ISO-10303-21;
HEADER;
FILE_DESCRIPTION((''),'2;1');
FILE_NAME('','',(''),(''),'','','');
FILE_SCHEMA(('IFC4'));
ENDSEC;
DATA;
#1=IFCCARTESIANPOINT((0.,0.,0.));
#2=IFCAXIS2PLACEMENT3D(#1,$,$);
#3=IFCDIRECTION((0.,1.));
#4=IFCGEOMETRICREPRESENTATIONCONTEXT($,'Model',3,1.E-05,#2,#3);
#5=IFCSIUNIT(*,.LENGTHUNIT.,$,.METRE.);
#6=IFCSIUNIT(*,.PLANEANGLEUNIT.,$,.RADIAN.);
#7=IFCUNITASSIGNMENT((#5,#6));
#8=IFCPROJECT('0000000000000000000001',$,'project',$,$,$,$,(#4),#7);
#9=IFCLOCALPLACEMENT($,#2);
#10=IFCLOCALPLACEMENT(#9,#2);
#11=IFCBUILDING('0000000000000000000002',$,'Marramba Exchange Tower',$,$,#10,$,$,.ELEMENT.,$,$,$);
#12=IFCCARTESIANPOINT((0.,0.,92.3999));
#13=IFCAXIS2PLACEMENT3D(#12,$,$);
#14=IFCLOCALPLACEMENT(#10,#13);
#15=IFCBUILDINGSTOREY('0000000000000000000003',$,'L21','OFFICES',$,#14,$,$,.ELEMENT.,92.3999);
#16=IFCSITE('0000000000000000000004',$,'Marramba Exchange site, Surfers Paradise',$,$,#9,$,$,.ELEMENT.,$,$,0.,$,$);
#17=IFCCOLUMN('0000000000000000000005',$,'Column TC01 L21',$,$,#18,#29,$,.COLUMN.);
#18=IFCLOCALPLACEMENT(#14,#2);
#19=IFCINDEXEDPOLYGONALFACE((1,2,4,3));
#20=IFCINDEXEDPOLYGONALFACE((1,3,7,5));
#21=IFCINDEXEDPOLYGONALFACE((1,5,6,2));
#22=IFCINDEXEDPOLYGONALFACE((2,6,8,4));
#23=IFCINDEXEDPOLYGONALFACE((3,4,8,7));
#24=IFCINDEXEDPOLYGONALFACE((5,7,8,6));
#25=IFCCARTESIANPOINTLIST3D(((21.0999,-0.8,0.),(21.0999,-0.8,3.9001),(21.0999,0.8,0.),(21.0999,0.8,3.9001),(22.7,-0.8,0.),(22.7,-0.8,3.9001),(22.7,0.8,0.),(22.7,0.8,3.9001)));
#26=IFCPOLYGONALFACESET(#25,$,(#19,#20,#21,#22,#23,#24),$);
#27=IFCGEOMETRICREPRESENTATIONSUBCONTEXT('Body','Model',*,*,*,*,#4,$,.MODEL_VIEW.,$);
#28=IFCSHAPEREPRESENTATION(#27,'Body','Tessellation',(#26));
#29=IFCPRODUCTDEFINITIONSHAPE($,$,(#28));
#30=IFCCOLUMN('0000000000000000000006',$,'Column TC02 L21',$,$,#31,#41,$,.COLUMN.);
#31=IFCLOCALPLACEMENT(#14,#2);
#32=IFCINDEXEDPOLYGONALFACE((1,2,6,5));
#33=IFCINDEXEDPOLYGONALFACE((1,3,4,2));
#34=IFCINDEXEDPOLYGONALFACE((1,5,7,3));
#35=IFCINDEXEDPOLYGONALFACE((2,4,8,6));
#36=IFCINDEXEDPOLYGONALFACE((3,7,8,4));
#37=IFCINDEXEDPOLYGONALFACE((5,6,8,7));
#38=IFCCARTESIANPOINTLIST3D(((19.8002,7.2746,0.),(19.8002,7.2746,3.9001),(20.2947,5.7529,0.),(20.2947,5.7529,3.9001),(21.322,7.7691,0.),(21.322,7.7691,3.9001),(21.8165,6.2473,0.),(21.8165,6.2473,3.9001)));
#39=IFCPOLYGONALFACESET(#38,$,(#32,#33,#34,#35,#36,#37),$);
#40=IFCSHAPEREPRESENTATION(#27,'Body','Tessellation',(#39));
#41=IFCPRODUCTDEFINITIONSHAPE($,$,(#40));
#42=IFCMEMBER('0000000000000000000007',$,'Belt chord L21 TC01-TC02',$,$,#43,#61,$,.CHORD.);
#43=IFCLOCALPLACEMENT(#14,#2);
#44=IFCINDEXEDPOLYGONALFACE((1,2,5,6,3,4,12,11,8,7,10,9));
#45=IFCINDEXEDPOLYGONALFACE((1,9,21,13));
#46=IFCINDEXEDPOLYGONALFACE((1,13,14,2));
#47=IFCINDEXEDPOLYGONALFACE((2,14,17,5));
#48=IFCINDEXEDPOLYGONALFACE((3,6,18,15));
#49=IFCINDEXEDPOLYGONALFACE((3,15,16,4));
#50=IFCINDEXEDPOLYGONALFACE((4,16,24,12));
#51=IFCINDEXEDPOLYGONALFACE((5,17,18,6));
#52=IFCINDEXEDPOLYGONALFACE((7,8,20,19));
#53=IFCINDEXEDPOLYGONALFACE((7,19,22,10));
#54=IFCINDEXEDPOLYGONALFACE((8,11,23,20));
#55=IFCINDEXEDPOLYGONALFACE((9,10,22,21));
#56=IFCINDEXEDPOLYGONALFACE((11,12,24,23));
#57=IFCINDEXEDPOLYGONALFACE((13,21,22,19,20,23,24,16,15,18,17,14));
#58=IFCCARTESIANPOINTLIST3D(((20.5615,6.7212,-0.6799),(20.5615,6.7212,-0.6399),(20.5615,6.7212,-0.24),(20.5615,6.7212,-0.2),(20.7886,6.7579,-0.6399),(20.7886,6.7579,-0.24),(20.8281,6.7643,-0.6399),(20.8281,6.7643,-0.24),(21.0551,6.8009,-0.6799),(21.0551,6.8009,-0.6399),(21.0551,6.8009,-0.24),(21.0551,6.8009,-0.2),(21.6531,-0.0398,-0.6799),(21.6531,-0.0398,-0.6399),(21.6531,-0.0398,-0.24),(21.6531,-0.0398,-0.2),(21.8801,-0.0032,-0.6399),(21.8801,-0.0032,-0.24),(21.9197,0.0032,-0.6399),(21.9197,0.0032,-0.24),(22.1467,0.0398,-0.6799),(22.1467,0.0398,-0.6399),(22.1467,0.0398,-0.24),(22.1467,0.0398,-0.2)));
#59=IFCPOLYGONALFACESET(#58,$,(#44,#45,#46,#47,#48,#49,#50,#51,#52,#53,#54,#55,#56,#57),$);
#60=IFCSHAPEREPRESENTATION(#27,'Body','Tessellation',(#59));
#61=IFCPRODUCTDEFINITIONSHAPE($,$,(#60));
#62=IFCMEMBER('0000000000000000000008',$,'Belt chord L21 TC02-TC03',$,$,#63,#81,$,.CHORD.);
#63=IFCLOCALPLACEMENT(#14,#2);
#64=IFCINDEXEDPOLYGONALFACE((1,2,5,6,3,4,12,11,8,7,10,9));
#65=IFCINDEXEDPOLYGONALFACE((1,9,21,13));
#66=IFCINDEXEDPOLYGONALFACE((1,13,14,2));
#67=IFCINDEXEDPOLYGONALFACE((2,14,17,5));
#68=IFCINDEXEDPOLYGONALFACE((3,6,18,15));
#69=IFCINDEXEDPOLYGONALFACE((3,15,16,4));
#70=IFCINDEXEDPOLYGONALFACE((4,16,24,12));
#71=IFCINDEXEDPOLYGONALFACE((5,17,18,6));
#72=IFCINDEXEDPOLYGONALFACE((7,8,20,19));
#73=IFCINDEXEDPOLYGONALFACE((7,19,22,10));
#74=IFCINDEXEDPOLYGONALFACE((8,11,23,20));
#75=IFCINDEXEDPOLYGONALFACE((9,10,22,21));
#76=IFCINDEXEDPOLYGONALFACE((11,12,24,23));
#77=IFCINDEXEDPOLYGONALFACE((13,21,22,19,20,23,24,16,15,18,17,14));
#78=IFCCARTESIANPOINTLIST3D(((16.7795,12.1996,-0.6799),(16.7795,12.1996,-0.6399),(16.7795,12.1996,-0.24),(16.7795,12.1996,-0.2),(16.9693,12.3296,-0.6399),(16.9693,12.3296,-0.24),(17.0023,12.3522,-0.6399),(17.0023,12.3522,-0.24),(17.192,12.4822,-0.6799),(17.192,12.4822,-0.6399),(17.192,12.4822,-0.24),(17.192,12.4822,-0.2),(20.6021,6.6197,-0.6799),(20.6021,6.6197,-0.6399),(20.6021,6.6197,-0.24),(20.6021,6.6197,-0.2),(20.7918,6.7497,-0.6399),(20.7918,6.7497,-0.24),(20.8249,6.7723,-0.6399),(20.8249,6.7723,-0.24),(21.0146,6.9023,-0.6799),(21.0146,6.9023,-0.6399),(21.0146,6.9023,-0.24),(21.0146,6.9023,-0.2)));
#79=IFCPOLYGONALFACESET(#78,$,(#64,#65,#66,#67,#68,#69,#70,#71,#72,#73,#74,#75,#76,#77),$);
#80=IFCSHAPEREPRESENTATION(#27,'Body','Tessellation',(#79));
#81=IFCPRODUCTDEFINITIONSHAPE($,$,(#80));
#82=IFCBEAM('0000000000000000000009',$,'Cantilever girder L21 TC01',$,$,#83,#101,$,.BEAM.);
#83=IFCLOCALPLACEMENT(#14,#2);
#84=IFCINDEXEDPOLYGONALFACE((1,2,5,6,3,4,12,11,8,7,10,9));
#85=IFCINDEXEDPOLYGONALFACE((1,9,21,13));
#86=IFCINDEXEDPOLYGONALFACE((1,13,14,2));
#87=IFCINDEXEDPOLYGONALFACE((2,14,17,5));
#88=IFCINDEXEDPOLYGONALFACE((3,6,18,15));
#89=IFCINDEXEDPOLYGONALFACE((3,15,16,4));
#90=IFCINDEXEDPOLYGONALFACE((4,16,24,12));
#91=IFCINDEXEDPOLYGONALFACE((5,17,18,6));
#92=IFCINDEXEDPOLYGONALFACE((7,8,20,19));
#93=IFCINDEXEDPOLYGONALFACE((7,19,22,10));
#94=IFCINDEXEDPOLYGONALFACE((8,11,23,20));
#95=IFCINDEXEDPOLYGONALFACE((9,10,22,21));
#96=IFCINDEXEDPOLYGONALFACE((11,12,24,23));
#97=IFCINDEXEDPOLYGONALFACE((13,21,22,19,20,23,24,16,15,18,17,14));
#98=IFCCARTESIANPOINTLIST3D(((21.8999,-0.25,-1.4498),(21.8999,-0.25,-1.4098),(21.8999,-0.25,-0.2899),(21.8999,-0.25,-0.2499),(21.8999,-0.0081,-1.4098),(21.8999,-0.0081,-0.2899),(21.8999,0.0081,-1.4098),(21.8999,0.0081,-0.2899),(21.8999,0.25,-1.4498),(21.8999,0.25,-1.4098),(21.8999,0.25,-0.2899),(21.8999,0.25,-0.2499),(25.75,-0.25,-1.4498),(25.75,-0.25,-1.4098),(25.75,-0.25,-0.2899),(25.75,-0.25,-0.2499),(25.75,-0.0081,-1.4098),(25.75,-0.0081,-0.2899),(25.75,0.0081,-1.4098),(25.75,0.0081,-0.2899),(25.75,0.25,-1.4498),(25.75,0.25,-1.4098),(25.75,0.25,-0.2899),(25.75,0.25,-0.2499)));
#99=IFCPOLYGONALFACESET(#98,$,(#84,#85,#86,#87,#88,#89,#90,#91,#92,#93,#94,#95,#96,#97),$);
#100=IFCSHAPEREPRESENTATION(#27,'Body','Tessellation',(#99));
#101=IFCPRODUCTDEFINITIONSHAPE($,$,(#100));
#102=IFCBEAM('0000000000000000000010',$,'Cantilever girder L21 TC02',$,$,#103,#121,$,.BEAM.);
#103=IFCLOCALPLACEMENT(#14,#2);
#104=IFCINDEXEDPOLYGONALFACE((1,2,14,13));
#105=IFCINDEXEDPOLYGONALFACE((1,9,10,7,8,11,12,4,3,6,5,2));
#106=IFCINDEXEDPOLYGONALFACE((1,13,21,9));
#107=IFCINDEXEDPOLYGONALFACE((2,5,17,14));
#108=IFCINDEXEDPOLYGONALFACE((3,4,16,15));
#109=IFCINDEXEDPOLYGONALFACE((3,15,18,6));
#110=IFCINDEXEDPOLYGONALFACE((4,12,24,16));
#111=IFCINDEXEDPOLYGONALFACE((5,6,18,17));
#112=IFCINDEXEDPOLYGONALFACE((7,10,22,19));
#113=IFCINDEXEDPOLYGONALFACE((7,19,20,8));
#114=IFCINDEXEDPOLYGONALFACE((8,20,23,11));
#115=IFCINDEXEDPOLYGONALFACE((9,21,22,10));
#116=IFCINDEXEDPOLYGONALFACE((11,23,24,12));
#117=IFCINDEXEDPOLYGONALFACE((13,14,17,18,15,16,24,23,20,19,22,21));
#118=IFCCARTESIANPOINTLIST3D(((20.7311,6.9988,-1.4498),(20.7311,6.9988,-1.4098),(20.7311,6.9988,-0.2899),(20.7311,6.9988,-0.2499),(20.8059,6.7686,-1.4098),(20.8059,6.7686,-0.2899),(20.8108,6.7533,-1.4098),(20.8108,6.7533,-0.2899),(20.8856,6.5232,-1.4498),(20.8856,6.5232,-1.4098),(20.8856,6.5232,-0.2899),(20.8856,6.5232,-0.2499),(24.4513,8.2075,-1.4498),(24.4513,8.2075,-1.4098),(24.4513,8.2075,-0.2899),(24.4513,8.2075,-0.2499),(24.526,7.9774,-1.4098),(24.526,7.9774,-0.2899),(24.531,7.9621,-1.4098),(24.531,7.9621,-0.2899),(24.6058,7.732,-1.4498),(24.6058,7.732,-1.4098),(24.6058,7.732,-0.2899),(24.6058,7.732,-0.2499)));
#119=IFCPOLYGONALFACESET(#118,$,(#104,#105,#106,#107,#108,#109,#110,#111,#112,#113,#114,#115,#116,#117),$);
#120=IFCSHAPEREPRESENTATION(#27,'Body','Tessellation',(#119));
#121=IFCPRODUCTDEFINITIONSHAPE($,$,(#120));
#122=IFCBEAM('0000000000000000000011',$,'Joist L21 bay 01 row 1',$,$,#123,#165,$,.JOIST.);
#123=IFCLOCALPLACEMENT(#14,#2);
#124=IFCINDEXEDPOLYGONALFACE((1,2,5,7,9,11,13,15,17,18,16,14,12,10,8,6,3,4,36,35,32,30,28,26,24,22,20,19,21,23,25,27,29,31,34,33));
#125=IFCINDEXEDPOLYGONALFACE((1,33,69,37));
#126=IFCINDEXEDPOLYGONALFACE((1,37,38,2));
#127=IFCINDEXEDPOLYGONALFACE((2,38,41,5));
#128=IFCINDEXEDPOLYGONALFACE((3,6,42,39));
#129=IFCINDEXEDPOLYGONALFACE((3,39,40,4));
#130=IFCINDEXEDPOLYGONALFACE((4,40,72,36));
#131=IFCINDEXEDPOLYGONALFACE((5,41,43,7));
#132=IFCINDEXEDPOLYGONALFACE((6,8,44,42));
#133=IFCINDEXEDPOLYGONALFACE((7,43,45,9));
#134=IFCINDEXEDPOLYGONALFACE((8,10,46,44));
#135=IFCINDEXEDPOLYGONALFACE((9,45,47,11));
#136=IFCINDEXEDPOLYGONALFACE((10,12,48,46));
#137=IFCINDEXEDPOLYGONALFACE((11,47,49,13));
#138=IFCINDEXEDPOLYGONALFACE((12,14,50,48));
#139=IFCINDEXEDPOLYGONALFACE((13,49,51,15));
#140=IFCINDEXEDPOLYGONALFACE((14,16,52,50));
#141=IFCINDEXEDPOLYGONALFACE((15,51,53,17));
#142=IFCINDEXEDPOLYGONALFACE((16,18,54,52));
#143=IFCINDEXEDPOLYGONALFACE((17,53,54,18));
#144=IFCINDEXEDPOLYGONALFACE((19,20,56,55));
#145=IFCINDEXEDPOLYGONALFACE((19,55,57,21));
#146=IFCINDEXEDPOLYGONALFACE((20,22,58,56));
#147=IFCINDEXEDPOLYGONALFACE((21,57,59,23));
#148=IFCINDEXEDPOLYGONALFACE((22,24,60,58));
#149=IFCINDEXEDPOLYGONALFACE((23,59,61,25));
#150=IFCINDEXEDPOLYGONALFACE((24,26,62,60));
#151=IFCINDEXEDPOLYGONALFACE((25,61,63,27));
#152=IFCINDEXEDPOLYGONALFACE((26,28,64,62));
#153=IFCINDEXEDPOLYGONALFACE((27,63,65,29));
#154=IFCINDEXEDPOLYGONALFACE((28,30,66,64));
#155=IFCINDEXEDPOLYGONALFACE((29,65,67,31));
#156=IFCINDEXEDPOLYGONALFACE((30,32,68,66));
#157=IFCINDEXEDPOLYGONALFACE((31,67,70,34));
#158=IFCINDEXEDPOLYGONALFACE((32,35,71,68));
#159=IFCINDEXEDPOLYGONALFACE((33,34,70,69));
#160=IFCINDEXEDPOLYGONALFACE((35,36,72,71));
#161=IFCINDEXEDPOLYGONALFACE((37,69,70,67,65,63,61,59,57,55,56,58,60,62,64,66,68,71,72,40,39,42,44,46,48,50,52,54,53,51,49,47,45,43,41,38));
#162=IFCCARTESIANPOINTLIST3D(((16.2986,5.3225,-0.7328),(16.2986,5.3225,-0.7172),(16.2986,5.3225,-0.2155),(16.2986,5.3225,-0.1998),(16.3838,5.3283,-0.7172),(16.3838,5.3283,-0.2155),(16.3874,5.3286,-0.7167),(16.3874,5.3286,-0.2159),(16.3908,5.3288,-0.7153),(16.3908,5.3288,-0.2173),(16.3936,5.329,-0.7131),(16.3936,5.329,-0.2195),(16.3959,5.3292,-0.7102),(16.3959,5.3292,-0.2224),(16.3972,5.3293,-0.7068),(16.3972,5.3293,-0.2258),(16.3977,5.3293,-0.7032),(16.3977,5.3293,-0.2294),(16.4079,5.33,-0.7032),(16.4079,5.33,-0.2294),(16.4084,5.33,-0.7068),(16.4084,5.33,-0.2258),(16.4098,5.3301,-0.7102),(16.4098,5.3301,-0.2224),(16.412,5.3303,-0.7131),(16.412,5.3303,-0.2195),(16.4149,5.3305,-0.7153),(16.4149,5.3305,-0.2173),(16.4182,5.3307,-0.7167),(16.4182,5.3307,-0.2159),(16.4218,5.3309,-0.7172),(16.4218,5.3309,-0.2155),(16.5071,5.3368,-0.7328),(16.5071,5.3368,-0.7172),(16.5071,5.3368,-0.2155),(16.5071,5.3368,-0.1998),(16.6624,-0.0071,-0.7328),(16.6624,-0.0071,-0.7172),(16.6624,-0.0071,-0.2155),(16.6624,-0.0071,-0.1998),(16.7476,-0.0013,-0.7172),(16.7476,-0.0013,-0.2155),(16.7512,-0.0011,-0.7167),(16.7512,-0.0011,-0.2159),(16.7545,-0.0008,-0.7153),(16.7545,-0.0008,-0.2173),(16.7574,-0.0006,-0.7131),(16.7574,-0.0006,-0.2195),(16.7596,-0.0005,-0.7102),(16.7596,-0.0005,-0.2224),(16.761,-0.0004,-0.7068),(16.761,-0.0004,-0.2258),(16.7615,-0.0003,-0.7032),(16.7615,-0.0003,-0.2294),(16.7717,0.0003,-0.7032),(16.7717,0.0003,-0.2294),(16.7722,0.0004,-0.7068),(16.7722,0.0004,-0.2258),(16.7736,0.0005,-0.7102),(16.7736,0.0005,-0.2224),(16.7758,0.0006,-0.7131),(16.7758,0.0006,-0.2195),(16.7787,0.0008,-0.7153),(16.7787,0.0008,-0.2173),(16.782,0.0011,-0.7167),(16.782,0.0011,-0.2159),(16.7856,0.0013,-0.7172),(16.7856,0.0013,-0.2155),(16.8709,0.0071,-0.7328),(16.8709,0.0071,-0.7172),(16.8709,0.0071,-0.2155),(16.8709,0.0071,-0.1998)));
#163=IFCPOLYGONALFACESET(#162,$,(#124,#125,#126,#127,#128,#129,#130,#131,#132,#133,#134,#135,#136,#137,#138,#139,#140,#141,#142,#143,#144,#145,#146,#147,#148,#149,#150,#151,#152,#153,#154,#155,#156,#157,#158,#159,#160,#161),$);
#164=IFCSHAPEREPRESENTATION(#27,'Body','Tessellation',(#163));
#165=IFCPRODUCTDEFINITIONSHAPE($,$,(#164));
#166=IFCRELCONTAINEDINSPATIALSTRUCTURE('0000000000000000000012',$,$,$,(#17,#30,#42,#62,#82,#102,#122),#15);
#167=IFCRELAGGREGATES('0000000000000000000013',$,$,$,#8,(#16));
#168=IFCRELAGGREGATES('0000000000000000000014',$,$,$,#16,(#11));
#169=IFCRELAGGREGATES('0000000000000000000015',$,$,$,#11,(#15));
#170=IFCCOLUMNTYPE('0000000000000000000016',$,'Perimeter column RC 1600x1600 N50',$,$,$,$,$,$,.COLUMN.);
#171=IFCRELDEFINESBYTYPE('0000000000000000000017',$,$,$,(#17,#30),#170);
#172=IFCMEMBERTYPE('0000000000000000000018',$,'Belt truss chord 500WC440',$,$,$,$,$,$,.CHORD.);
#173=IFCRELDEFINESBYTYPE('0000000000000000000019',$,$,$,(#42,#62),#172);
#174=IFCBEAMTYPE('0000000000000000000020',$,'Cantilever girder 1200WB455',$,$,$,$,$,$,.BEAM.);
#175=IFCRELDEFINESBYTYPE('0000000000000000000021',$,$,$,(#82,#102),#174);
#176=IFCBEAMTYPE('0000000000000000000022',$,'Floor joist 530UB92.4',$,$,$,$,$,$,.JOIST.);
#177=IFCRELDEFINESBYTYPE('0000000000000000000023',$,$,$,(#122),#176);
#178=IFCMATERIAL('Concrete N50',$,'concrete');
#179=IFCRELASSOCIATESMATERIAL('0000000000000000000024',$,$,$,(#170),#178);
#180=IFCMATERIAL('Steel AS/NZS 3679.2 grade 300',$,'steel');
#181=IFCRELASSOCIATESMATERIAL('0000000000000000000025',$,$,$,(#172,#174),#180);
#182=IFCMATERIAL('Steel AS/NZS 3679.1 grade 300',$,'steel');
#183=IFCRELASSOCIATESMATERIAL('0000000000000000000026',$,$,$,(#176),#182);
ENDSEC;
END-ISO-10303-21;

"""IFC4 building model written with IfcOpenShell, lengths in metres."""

from ifc_helpers import new_model, si_unit, direction, frame, origin, origin_2d, place, context, subcontext, project, spatial, rectangle, i_section, extrude, material, material_profile, profile_set, type_object, element, save


model = new_model("IFC4")

# Units and contexts
model_context = context("Model", 3, precision=1e-05, world=origin(), true_north=direction((0.0, 1.0)))
body_context = subcontext(model_context, "Body", "Model", "MODEL_VIEW")
ifc_project = project(units=[si_unit("LENGTHUNIT", "METRE"), si_unit("PLANEANGLEUNIT", "RADIAN")], contexts=[model_context])

# Site, building, storey
site_placement = place(None, origin())
site = spatial("IfcSite", under=ifc_project, at=site_placement, Name="Marramba Exchange site, Surfers Paradise", CompositionType="ELEMENT", RefElevation=0.0)
building_placement = place(site_placement, origin())
building = spatial("IfcBuilding", under=site, at=building_placement, Name="Marramba Exchange Tower", CompositionType="ELEMENT")
storey_placement = place(building_placement, frame((0.0, 0.0, 92.3999)))
storey = spatial("IfcBuildingStorey", under=building, at=storey_placement, Name="L21", Description="OFFICES", CompositionType="ELEMENT", Elevation=92.3999)

# Columns
ifc_material_1 = material(Name="Concrete N50", Category="concrete")
ifc_material_profile_1 = material_profile(ifc_material_1, rectangle(XDim=1.6001, YDim=1.6001, at=origin_2d()), Name="RC 1600x1600")
ifc_profile_set_1 = profile_set([ifc_material_profile_1], Name="Concrete N50")
column_type = type_object("IfcColumnType", Name="Perimeter column RC 1600x1600 N50", PredefinedType="COLUMN", material=ifc_profile_set_1)
for number, where, z_axis, x_axis, name in (
    (1, (21.8999, 0.0, 0.0), (0.0, 0.0, 1.0), (1.0, 0.0, 0.0), "Column TC01 L21"),
    (2, (20.8083, 6.761, 0.0), (0.0, 0.0, 1.0), (0.951057, 0.309017, 0.0), "Column TC02 L21"),
):
    element("IfcColumn", number, at=place(storey_placement, frame(where, z_axis=z_axis, x_axis=x_axis)), inside=storey, type_object=column_type, Name=name, PredefinedType="COLUMN", context=body_context, shape_type="SweptSolid", body=[
        extrude(rectangle(XDim=1.6001, YDim=1.6001, at=origin_2d()), origin(), (0.0, 0.0, 1.0), 3.9001),
    ])

# Members
ifc_material_2 = material(Name="Steel AS/NZS 3679.2 grade 300", Category="steel")
ifc_material_profile_2 = material_profile(ifc_material_2, i_section(OverallWidth=0.5, OverallDepth=0.48, WebThickness=0.04, FlangeThickness=0.04, at=origin_2d()), Name="500WC440")
ifc_profile_set_2 = profile_set([ifc_material_profile_2], Name="Steel AS/NZS 3679.2 grade 300")
member_type_1 = type_object("IfcMemberType", Name="Belt truss chord 500WC440", PredefinedType="CHORD", material=ifc_profile_set_2)
member_1_placement = place(storey_placement, frame((21.8999, 0.0, -0.4399), z_axis=(-0.159385, 0.987217, 0.0), x_axis=(-0.987217, -0.159385, 0.0)))
element("IfcMember", 3, at=member_1_placement, inside=storey, type_object=member_type_1, Name="Belt chord L21 TC01-TC02", PredefinedType="CHORD", context=body_context, shape_type="SweptSolid", body=[
    extrude(i_section(OverallWidth=0.5, OverallDepth=0.48, WebThickness=0.04, FlangeThickness=0.04, at=origin_2d()), origin(), (0.0, 0.0, 1.0), 6.8486),
])
member_2_placement = place(storey_placement, frame((20.8083, 6.761, -0.4399), z_axis=(-0.56516, 0.824981, 0.0), x_axis=(-0.824981, -0.56516, 0.0)))
element("IfcMember", 4, at=member_2_placement, inside=storey, type_object=member_type_1, Name="Belt chord L21 TC02-TC03", PredefinedType="CHORD", context=body_context, shape_type="SweptSolid", body=[
    extrude(i_section(OverallWidth=0.5, OverallDepth=0.48, WebThickness=0.04, FlangeThickness=0.04, at=origin_2d()), origin(), (0.0, 0.0, 1.0), 6.7637),
])

# Beams
ifc_material_profile_3 = material_profile(ifc_material_2, i_section(OverallWidth=0.5, OverallDepth=1.2, WebThickness=0.0161, FlangeThickness=0.04, at=origin_2d()), Name="1200WB455")
ifc_profile_set_3 = profile_set([ifc_material_profile_3], Name="Steel AS/NZS 3679.2 grade 300")
beam_type_1 = type_object("IfcBeamType", Name="Cantilever girder 1200WB455", PredefinedType="BEAM", material=ifc_profile_set_3)
beam_1_placement = place(storey_placement, frame((21.8999, 0.0, -0.8499), z_axis=(1.0, 0.0, 0.0), x_axis=(0.0, 1.0, 0.0)))
element("IfcBeam", 5, at=beam_1_placement, inside=storey, type_object=beam_type_1, Name="Cantilever girder L21 TC01", PredefinedType="BEAM", context=body_context, shape_type="SweptSolid", body=[
    extrude(i_section(OverallWidth=0.5, OverallDepth=1.2, WebThickness=0.0161, FlangeThickness=0.04, at=origin_2d()), origin(), (0.0, 0.0, 1.0), 3.8501),
])
beam_2_placement = place(storey_placement, frame((20.8083, 6.761, -0.8499), z_axis=(0.951059, 0.30901, 0.0), x_axis=(-0.30901, 0.951059, 0.0)))
element("IfcBeam", 6, at=beam_2_placement, inside=storey, type_object=beam_type_1, Name="Cantilever girder L21 TC02", PredefinedType="BEAM", context=body_context, shape_type="SweptSolid", body=[
    extrude(i_section(OverallWidth=0.5, OverallDepth=1.2, WebThickness=0.0161, FlangeThickness=0.04, at=origin_2d()), origin(), (0.0, 0.0, 1.0), 3.9116),
])
ifc_material_3 = material(Name="Steel AS/NZS 3679.1 grade 300", Category="steel")
ifc_material_profile_4 = material_profile(ifc_material_3, i_section(OverallWidth=0.209, OverallDepth=0.533, WebThickness=0.0103, FlangeThickness=0.0156, FilletRadius=0.0139, at=origin_2d()), Name="530UB92.4")
ifc_profile_set_4 = profile_set([ifc_material_profile_4], Name="Steel AS/NZS 3679.1 grade 300")
beam_type_2 = type_object("IfcBeamType", Name="Floor joist 530UB92.4", PredefinedType="JOIST", material=ifc_profile_set_4)
beam_3_placement = place(storey_placement, frame((16.7666, 0.0, -0.4663), z_axis=(-0.068096, 0.997679, 0.0), x_axis=(-0.997679, -0.068096, 0.0)))
element("IfcBeam", 7, at=beam_3_placement, inside=storey, type_object=beam_type_2, Name="Joist L21 bay 01 row 1", PredefinedType="JOIST", context=body_context, shape_type="SweptSolid", body=[
    extrude(i_section(OverallWidth=0.209, OverallDepth=0.533, WebThickness=0.0103, FlangeThickness=0.0156, FilletRadius=0.0139, at=origin_2d()), origin(), (0.0, 0.0, 1.0), 5.342),
])

save(model, "model.ifc")
